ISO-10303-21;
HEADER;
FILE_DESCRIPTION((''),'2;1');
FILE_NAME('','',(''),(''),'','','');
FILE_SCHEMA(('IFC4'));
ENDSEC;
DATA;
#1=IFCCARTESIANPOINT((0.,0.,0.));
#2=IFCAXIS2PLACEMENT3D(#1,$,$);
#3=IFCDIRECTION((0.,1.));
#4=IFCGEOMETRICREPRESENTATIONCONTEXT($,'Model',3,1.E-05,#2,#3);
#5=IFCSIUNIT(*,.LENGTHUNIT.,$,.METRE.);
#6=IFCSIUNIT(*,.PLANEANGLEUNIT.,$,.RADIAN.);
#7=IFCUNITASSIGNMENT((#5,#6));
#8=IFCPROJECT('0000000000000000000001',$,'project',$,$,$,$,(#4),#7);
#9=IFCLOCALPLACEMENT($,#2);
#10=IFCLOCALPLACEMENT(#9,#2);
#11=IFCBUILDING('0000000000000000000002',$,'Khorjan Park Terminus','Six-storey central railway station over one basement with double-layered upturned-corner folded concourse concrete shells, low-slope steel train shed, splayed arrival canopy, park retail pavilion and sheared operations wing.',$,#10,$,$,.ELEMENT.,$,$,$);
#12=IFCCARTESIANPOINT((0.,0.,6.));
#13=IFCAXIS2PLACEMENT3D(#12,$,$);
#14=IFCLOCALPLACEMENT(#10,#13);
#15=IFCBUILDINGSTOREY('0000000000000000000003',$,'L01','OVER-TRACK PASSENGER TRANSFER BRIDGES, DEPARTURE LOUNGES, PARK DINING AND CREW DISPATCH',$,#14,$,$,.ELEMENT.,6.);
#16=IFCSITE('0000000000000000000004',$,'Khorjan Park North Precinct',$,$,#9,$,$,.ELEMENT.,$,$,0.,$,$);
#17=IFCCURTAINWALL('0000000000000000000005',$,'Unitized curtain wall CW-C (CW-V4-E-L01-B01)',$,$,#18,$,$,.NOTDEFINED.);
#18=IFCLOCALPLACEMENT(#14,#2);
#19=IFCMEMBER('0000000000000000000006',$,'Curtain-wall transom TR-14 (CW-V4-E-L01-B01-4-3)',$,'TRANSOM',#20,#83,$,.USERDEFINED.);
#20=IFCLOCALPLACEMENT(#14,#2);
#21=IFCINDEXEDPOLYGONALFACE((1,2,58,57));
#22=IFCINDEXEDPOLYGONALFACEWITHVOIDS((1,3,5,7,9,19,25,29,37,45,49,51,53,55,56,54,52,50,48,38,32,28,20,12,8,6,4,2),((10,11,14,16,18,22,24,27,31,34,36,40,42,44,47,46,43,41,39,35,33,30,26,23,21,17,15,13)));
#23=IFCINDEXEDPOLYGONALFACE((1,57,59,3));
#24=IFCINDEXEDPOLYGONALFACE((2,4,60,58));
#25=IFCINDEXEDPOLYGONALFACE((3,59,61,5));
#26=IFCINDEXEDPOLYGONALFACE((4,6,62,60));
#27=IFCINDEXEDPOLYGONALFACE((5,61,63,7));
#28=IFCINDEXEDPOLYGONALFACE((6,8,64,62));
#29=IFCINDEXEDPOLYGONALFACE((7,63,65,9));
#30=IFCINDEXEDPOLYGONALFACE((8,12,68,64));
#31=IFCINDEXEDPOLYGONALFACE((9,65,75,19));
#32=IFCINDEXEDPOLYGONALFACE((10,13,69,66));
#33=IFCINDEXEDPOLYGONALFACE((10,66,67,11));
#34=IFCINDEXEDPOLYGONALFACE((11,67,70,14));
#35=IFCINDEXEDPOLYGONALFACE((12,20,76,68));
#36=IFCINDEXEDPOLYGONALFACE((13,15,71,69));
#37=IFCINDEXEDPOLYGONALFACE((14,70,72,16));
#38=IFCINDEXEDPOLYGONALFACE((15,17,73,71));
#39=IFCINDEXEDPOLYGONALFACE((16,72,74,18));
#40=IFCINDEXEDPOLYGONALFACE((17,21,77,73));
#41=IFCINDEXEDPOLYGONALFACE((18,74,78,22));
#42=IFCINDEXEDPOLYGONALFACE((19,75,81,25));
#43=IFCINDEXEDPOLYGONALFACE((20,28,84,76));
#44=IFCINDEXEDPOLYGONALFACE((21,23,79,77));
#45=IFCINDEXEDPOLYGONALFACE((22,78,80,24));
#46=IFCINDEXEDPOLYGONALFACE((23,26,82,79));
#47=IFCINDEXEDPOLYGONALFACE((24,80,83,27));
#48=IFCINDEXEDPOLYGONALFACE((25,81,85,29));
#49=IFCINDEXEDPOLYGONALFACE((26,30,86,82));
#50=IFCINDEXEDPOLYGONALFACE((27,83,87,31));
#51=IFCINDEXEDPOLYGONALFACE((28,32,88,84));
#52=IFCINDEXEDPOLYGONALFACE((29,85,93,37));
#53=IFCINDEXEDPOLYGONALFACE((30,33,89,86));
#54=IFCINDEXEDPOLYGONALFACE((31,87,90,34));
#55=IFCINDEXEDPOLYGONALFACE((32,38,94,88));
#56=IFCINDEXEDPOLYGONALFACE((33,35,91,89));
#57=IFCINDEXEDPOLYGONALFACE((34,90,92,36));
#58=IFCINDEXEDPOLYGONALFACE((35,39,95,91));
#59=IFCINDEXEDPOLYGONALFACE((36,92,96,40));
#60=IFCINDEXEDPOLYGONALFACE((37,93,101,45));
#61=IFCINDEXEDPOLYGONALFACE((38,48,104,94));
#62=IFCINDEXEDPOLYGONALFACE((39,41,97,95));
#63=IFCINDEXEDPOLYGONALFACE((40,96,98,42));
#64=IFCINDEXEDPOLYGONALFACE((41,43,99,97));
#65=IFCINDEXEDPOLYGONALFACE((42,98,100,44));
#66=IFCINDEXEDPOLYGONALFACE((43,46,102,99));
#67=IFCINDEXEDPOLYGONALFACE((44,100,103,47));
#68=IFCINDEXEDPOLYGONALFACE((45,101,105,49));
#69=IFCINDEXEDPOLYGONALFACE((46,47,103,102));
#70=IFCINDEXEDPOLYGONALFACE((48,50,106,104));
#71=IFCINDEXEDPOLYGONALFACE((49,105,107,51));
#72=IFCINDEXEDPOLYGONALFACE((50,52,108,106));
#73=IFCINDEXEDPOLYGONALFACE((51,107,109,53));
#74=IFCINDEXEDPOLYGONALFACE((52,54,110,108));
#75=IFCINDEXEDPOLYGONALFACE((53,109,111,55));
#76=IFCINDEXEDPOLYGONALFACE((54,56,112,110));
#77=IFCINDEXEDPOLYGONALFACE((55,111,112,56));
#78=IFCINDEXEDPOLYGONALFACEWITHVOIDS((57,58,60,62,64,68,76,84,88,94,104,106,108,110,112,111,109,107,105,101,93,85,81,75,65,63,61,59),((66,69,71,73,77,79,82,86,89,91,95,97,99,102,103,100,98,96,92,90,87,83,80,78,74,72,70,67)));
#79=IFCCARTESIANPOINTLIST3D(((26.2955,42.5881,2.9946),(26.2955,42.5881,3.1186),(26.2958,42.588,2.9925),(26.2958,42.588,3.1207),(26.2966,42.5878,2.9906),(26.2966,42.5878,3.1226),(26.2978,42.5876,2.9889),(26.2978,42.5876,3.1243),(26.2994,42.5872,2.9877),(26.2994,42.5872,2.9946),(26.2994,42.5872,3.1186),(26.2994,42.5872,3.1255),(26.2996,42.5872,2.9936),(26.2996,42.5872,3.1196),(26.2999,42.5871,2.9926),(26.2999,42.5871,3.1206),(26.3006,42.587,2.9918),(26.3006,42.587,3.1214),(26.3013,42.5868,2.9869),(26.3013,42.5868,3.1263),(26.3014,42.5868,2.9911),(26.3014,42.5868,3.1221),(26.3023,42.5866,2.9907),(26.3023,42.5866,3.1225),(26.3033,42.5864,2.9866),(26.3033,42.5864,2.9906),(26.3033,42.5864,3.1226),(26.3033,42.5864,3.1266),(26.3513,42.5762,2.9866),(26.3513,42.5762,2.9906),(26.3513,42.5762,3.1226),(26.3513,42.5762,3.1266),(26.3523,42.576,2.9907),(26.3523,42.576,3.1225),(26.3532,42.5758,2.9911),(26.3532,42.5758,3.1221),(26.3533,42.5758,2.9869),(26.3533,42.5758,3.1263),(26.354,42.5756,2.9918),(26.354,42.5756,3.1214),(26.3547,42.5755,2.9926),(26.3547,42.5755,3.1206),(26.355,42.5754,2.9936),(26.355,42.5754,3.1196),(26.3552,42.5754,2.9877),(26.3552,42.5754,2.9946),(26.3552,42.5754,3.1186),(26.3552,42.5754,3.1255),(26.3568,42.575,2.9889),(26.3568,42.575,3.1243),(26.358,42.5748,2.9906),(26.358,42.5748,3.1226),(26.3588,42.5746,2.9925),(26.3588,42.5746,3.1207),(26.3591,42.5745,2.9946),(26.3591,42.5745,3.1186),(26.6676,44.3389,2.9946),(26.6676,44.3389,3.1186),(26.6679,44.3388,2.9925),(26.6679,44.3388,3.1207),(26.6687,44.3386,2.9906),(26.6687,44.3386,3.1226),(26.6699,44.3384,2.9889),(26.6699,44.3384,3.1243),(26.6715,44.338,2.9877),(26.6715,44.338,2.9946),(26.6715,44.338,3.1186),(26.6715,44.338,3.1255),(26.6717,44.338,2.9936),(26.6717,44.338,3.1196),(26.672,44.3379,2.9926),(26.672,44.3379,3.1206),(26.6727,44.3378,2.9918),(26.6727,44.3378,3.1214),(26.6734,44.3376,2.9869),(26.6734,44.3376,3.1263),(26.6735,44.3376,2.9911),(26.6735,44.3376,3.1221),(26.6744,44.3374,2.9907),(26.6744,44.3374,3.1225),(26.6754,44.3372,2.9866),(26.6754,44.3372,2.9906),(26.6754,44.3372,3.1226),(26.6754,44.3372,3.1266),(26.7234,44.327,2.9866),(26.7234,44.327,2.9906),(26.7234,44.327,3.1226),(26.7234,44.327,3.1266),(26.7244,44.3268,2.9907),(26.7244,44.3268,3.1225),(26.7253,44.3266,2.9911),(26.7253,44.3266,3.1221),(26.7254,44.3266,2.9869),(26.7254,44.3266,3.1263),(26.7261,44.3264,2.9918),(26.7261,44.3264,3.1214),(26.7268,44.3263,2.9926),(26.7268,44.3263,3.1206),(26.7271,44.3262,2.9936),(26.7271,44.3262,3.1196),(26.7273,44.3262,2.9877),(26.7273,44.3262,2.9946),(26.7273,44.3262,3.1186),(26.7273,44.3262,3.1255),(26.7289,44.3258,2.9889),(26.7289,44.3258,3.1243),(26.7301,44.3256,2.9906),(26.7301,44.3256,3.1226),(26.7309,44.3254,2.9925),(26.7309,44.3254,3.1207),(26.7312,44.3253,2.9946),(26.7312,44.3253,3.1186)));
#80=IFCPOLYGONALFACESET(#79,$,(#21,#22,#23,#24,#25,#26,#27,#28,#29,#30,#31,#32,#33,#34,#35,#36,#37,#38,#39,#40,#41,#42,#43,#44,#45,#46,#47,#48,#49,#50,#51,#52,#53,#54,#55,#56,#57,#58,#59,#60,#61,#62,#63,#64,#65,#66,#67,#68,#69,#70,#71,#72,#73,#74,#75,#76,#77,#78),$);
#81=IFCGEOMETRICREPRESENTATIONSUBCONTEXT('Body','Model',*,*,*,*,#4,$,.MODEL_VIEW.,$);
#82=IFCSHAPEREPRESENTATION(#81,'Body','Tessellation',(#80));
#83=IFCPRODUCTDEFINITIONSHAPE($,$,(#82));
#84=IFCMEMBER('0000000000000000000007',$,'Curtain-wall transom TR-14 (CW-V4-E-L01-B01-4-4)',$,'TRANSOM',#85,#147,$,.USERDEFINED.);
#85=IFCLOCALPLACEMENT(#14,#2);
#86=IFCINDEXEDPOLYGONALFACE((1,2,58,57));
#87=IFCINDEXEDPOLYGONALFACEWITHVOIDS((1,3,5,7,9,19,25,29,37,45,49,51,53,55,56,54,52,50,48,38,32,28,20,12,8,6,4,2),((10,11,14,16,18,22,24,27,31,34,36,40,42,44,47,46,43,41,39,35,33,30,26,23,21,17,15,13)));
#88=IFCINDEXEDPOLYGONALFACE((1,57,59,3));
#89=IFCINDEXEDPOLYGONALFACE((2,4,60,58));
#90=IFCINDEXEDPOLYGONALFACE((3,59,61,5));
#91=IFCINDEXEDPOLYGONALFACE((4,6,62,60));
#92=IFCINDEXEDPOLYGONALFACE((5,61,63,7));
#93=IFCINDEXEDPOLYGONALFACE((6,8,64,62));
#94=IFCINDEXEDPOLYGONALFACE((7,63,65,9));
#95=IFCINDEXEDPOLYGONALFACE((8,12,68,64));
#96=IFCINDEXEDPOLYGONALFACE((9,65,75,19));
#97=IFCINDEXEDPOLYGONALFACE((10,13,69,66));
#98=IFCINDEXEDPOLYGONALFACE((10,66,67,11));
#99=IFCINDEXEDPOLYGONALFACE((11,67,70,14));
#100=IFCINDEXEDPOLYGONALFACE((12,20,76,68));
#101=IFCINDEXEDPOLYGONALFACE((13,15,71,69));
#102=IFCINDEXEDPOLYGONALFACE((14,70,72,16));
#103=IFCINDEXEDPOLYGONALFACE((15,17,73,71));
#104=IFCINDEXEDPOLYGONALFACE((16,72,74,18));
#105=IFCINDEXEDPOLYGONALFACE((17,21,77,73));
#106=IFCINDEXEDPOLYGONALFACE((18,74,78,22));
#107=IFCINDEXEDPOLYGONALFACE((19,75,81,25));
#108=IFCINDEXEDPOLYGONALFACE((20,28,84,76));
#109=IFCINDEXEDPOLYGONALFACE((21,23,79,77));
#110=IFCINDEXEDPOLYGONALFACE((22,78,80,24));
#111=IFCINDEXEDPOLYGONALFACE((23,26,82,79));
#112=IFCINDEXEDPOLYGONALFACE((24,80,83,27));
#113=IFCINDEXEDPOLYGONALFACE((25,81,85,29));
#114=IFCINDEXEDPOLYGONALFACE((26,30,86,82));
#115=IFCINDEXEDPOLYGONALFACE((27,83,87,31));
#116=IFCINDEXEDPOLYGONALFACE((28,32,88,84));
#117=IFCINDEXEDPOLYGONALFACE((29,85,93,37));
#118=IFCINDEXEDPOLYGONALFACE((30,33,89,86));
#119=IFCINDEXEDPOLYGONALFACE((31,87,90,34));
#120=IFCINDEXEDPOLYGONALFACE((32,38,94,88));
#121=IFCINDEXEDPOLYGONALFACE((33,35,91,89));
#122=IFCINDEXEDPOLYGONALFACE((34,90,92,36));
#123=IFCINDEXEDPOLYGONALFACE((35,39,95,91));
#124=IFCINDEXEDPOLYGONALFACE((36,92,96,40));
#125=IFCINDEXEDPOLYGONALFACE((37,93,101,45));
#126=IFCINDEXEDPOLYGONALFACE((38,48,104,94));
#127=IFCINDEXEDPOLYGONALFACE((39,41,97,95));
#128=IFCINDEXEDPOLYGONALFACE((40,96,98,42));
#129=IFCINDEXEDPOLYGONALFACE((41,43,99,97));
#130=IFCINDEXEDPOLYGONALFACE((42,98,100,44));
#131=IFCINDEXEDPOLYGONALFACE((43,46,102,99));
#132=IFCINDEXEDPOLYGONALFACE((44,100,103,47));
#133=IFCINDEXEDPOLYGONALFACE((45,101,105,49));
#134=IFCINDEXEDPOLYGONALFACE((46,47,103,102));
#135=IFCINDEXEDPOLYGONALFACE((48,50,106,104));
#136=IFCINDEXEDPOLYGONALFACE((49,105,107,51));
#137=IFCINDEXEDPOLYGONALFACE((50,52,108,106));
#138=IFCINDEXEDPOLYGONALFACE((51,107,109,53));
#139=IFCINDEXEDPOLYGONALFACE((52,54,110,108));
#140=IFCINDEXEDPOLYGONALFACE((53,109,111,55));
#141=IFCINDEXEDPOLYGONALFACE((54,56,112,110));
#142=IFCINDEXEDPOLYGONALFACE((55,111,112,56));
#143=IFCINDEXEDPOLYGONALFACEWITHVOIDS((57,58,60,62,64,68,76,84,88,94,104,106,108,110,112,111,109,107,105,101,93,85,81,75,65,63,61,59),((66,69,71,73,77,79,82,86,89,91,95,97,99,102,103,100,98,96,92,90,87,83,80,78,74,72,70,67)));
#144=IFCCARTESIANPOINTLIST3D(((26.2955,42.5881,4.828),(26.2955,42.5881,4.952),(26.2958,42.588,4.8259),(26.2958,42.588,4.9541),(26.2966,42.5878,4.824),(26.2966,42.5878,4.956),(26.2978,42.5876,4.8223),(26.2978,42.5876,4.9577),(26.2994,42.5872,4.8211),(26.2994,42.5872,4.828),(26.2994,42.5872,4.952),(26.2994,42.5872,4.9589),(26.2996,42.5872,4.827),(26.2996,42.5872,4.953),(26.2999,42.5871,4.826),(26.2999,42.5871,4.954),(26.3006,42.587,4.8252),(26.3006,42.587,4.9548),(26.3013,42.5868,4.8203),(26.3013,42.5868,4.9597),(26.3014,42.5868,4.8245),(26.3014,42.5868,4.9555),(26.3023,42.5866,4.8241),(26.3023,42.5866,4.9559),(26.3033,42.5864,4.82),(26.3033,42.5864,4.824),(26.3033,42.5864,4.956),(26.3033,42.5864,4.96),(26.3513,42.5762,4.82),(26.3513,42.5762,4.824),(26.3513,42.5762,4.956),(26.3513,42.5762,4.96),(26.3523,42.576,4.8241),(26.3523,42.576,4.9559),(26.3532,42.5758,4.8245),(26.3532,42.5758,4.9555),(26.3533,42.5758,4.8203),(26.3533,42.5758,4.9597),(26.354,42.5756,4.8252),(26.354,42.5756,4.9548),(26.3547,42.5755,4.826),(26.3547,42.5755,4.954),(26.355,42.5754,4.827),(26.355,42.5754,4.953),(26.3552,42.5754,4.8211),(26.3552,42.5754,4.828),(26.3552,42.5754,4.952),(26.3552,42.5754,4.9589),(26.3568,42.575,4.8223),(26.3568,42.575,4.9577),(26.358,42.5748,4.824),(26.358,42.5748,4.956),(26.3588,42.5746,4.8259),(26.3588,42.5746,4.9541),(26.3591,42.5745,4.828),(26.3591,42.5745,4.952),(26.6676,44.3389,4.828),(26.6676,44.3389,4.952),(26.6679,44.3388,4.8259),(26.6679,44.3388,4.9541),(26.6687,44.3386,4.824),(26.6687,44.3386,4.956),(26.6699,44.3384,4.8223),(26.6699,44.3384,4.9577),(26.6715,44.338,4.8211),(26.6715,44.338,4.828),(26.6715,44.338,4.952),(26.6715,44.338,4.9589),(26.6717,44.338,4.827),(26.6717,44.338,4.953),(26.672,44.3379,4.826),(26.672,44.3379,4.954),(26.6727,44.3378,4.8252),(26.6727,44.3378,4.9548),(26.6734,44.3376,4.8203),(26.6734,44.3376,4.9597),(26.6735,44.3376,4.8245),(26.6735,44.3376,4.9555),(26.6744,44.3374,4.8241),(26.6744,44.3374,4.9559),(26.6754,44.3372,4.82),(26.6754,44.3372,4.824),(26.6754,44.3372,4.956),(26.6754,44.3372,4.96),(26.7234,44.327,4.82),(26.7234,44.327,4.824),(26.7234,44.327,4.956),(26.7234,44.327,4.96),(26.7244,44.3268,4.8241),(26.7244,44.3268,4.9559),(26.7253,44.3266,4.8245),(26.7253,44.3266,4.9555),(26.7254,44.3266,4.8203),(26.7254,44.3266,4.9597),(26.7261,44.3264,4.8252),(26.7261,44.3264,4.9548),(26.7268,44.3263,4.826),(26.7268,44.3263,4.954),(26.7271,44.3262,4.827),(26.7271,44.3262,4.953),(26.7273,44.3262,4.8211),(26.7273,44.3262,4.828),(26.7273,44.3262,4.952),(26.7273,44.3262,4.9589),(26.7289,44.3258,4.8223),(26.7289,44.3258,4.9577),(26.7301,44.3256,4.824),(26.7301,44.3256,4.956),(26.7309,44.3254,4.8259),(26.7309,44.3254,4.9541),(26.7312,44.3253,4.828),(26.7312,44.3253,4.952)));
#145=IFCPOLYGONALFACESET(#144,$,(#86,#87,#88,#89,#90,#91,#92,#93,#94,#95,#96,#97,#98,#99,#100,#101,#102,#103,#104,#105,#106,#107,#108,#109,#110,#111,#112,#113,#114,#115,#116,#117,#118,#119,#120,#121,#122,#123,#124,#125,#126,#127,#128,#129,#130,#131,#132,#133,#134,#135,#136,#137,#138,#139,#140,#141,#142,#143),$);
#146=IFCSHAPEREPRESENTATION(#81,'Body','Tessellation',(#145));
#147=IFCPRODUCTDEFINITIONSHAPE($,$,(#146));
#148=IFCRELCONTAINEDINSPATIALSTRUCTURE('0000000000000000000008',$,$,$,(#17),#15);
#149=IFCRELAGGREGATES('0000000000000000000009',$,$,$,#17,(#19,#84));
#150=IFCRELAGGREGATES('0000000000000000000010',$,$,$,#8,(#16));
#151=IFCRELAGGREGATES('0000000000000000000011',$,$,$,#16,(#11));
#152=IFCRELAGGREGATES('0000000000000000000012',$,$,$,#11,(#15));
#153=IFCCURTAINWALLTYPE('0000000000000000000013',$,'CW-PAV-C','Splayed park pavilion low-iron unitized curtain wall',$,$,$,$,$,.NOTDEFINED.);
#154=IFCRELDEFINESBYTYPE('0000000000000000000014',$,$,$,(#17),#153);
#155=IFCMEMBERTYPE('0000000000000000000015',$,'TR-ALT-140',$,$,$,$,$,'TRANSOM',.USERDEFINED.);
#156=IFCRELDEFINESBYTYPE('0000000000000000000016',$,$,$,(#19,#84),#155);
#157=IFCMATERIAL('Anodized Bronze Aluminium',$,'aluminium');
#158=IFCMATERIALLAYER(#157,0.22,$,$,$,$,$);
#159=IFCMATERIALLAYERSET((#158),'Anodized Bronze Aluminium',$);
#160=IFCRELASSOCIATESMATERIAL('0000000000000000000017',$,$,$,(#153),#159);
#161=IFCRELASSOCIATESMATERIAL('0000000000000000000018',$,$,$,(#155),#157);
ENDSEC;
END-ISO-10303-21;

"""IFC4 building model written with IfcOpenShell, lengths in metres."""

from ifc_helpers import new_model, si_unit, direction, frame, origin, origin_2d, place, context, subcontext, project, spatial, hollow_rectangle, extrude, material, layer, layer_set, material_profile, profile_set, type_object, element, aggregate, save


model = new_model("IFC4")

# Units and contexts
model_context = context("Model", 3, precision=1e-05, world=origin(), true_north=direction((0.0, 1.0)))
body_context = subcontext(model_context, "Body", "Model", "MODEL_VIEW")
ifc_project = project(units=[si_unit("LENGTHUNIT", "METRE"), si_unit("PLANEANGLEUNIT", "RADIAN")], contexts=[model_context])

# Site, building, storey
site_placement = place(None, origin())
site = spatial("IfcSite", under=ifc_project, at=site_placement, Name="Khorjan Park North Precinct", CompositionType="ELEMENT", RefElevation=0.0)
building_placement = place(site_placement, origin())
building = spatial("IfcBuilding", under=site, at=building_placement, Name="Khorjan Park Terminus", Description="Six-storey central railway station over one basement with double-layered upturned-corner folded concourse concrete shells, low-slope steel train shed, splayed arrival canopy, park retail pavilion and sheared operations wing.", CompositionType="ELEMENT")
storey_placement = place(building_placement, frame((0.0, 0.0, 6.0)))
storey = spatial("IfcBuildingStorey", under=building, at=storey_placement, Name="L01", Description="OVER-TRACK PASSENGER TRANSFER BRIDGES, DEPARTURE LOUNGES, PARK DINING AND CREW DISPATCH", CompositionType="ELEMENT", Elevation=6.0)

# Curtain wall, members
ifc_material_1 = material(Name="Anodized Bronze Aluminium", Category="aluminium")
ifc_layer_1 = layer(ifc_material_1, 0.22)
ifc_layer_set_1 = layer_set([ifc_layer_1], Name="Anodized Bronze Aluminium")
curtain_wall_type = type_object("IfcCurtainWallType", Name="CW-PAV-C", Description="Splayed park pavilion low-iron unitized curtain wall", PredefinedType="NOTDEFINED", material=ifc_layer_set_1)
curtain_wall_placement = place(storey_placement, origin())
curtain_wall = element("IfcCurtainWall", 1, at=curtain_wall_placement, inside=storey, type_object=curtain_wall_type, Name="Unitized curtain wall CW-C (CW-V4-E-L01-B01)", PredefinedType="NOTDEFINED")
ifc_material_profile_1 = material_profile(ifc_material_1, hollow_rectangle(XDim=0.065, YDim=0.14, WallThickness=0.004, InnerFilletRadius=0.004, OuterFilletRadius=0.008, at=origin_2d()), Name="ALT 65x140x4")
ifc_profile_set_1 = profile_set([ifc_material_profile_1], Name="Anodized Bronze Aluminium")
member_type_1 = type_object("IfcMemberType", Name="TR-ALT-140", ElementType="TRANSOM", PredefinedType="USERDEFINED", material=ifc_profile_set_1)
member_1_placement = place(storey_placement, frame((26.3273, 42.5813, 3.0566), z_axis=(0.207888, 0.978153, 0.0), x_axis=(-0.978153, 0.207888, 0.0)))
member_1 = element("IfcMember", 2, at=member_1_placement, type_object=member_type_1, Name="Curtain-wall transom TR-14 (CW-V4-E-L01-B01-4-3)", ObjectType="TRANSOM", PredefinedType="USERDEFINED", context=body_context, shape_type="SweptSolid", body=[
    extrude(hollow_rectangle(XDim=0.065, YDim=0.14, WallThickness=0.004, InnerFilletRadius=0.004, OuterFilletRadius=0.008, at=origin_2d()), origin(), (0.0, 0.0, 1.0), 1.7899),
])
member_2_placement = place(storey_placement, frame((26.3273, 42.5813, 4.89), z_axis=(0.207888, 0.978153, 0.0), x_axis=(-0.978153, 0.207888, 0.0)))
member_2 = element("IfcMember", 3, at=member_2_placement, type_object=member_type_1, Name="Curtain-wall transom TR-14 (CW-V4-E-L01-B01-4-4)", ObjectType="TRANSOM", PredefinedType="USERDEFINED", context=body_context, shape_type="SweptSolid", body=[
    extrude(hollow_rectangle(XDim=0.065, YDim=0.14, WallThickness=0.004, InnerFilletRadius=0.004, OuterFilletRadius=0.008, at=origin_2d()), origin(), (0.0, 0.0, 1.0), 1.7899),
])
aggregate(curtain_wall, [member_1, member_2])

save(model, "model.ifc")
